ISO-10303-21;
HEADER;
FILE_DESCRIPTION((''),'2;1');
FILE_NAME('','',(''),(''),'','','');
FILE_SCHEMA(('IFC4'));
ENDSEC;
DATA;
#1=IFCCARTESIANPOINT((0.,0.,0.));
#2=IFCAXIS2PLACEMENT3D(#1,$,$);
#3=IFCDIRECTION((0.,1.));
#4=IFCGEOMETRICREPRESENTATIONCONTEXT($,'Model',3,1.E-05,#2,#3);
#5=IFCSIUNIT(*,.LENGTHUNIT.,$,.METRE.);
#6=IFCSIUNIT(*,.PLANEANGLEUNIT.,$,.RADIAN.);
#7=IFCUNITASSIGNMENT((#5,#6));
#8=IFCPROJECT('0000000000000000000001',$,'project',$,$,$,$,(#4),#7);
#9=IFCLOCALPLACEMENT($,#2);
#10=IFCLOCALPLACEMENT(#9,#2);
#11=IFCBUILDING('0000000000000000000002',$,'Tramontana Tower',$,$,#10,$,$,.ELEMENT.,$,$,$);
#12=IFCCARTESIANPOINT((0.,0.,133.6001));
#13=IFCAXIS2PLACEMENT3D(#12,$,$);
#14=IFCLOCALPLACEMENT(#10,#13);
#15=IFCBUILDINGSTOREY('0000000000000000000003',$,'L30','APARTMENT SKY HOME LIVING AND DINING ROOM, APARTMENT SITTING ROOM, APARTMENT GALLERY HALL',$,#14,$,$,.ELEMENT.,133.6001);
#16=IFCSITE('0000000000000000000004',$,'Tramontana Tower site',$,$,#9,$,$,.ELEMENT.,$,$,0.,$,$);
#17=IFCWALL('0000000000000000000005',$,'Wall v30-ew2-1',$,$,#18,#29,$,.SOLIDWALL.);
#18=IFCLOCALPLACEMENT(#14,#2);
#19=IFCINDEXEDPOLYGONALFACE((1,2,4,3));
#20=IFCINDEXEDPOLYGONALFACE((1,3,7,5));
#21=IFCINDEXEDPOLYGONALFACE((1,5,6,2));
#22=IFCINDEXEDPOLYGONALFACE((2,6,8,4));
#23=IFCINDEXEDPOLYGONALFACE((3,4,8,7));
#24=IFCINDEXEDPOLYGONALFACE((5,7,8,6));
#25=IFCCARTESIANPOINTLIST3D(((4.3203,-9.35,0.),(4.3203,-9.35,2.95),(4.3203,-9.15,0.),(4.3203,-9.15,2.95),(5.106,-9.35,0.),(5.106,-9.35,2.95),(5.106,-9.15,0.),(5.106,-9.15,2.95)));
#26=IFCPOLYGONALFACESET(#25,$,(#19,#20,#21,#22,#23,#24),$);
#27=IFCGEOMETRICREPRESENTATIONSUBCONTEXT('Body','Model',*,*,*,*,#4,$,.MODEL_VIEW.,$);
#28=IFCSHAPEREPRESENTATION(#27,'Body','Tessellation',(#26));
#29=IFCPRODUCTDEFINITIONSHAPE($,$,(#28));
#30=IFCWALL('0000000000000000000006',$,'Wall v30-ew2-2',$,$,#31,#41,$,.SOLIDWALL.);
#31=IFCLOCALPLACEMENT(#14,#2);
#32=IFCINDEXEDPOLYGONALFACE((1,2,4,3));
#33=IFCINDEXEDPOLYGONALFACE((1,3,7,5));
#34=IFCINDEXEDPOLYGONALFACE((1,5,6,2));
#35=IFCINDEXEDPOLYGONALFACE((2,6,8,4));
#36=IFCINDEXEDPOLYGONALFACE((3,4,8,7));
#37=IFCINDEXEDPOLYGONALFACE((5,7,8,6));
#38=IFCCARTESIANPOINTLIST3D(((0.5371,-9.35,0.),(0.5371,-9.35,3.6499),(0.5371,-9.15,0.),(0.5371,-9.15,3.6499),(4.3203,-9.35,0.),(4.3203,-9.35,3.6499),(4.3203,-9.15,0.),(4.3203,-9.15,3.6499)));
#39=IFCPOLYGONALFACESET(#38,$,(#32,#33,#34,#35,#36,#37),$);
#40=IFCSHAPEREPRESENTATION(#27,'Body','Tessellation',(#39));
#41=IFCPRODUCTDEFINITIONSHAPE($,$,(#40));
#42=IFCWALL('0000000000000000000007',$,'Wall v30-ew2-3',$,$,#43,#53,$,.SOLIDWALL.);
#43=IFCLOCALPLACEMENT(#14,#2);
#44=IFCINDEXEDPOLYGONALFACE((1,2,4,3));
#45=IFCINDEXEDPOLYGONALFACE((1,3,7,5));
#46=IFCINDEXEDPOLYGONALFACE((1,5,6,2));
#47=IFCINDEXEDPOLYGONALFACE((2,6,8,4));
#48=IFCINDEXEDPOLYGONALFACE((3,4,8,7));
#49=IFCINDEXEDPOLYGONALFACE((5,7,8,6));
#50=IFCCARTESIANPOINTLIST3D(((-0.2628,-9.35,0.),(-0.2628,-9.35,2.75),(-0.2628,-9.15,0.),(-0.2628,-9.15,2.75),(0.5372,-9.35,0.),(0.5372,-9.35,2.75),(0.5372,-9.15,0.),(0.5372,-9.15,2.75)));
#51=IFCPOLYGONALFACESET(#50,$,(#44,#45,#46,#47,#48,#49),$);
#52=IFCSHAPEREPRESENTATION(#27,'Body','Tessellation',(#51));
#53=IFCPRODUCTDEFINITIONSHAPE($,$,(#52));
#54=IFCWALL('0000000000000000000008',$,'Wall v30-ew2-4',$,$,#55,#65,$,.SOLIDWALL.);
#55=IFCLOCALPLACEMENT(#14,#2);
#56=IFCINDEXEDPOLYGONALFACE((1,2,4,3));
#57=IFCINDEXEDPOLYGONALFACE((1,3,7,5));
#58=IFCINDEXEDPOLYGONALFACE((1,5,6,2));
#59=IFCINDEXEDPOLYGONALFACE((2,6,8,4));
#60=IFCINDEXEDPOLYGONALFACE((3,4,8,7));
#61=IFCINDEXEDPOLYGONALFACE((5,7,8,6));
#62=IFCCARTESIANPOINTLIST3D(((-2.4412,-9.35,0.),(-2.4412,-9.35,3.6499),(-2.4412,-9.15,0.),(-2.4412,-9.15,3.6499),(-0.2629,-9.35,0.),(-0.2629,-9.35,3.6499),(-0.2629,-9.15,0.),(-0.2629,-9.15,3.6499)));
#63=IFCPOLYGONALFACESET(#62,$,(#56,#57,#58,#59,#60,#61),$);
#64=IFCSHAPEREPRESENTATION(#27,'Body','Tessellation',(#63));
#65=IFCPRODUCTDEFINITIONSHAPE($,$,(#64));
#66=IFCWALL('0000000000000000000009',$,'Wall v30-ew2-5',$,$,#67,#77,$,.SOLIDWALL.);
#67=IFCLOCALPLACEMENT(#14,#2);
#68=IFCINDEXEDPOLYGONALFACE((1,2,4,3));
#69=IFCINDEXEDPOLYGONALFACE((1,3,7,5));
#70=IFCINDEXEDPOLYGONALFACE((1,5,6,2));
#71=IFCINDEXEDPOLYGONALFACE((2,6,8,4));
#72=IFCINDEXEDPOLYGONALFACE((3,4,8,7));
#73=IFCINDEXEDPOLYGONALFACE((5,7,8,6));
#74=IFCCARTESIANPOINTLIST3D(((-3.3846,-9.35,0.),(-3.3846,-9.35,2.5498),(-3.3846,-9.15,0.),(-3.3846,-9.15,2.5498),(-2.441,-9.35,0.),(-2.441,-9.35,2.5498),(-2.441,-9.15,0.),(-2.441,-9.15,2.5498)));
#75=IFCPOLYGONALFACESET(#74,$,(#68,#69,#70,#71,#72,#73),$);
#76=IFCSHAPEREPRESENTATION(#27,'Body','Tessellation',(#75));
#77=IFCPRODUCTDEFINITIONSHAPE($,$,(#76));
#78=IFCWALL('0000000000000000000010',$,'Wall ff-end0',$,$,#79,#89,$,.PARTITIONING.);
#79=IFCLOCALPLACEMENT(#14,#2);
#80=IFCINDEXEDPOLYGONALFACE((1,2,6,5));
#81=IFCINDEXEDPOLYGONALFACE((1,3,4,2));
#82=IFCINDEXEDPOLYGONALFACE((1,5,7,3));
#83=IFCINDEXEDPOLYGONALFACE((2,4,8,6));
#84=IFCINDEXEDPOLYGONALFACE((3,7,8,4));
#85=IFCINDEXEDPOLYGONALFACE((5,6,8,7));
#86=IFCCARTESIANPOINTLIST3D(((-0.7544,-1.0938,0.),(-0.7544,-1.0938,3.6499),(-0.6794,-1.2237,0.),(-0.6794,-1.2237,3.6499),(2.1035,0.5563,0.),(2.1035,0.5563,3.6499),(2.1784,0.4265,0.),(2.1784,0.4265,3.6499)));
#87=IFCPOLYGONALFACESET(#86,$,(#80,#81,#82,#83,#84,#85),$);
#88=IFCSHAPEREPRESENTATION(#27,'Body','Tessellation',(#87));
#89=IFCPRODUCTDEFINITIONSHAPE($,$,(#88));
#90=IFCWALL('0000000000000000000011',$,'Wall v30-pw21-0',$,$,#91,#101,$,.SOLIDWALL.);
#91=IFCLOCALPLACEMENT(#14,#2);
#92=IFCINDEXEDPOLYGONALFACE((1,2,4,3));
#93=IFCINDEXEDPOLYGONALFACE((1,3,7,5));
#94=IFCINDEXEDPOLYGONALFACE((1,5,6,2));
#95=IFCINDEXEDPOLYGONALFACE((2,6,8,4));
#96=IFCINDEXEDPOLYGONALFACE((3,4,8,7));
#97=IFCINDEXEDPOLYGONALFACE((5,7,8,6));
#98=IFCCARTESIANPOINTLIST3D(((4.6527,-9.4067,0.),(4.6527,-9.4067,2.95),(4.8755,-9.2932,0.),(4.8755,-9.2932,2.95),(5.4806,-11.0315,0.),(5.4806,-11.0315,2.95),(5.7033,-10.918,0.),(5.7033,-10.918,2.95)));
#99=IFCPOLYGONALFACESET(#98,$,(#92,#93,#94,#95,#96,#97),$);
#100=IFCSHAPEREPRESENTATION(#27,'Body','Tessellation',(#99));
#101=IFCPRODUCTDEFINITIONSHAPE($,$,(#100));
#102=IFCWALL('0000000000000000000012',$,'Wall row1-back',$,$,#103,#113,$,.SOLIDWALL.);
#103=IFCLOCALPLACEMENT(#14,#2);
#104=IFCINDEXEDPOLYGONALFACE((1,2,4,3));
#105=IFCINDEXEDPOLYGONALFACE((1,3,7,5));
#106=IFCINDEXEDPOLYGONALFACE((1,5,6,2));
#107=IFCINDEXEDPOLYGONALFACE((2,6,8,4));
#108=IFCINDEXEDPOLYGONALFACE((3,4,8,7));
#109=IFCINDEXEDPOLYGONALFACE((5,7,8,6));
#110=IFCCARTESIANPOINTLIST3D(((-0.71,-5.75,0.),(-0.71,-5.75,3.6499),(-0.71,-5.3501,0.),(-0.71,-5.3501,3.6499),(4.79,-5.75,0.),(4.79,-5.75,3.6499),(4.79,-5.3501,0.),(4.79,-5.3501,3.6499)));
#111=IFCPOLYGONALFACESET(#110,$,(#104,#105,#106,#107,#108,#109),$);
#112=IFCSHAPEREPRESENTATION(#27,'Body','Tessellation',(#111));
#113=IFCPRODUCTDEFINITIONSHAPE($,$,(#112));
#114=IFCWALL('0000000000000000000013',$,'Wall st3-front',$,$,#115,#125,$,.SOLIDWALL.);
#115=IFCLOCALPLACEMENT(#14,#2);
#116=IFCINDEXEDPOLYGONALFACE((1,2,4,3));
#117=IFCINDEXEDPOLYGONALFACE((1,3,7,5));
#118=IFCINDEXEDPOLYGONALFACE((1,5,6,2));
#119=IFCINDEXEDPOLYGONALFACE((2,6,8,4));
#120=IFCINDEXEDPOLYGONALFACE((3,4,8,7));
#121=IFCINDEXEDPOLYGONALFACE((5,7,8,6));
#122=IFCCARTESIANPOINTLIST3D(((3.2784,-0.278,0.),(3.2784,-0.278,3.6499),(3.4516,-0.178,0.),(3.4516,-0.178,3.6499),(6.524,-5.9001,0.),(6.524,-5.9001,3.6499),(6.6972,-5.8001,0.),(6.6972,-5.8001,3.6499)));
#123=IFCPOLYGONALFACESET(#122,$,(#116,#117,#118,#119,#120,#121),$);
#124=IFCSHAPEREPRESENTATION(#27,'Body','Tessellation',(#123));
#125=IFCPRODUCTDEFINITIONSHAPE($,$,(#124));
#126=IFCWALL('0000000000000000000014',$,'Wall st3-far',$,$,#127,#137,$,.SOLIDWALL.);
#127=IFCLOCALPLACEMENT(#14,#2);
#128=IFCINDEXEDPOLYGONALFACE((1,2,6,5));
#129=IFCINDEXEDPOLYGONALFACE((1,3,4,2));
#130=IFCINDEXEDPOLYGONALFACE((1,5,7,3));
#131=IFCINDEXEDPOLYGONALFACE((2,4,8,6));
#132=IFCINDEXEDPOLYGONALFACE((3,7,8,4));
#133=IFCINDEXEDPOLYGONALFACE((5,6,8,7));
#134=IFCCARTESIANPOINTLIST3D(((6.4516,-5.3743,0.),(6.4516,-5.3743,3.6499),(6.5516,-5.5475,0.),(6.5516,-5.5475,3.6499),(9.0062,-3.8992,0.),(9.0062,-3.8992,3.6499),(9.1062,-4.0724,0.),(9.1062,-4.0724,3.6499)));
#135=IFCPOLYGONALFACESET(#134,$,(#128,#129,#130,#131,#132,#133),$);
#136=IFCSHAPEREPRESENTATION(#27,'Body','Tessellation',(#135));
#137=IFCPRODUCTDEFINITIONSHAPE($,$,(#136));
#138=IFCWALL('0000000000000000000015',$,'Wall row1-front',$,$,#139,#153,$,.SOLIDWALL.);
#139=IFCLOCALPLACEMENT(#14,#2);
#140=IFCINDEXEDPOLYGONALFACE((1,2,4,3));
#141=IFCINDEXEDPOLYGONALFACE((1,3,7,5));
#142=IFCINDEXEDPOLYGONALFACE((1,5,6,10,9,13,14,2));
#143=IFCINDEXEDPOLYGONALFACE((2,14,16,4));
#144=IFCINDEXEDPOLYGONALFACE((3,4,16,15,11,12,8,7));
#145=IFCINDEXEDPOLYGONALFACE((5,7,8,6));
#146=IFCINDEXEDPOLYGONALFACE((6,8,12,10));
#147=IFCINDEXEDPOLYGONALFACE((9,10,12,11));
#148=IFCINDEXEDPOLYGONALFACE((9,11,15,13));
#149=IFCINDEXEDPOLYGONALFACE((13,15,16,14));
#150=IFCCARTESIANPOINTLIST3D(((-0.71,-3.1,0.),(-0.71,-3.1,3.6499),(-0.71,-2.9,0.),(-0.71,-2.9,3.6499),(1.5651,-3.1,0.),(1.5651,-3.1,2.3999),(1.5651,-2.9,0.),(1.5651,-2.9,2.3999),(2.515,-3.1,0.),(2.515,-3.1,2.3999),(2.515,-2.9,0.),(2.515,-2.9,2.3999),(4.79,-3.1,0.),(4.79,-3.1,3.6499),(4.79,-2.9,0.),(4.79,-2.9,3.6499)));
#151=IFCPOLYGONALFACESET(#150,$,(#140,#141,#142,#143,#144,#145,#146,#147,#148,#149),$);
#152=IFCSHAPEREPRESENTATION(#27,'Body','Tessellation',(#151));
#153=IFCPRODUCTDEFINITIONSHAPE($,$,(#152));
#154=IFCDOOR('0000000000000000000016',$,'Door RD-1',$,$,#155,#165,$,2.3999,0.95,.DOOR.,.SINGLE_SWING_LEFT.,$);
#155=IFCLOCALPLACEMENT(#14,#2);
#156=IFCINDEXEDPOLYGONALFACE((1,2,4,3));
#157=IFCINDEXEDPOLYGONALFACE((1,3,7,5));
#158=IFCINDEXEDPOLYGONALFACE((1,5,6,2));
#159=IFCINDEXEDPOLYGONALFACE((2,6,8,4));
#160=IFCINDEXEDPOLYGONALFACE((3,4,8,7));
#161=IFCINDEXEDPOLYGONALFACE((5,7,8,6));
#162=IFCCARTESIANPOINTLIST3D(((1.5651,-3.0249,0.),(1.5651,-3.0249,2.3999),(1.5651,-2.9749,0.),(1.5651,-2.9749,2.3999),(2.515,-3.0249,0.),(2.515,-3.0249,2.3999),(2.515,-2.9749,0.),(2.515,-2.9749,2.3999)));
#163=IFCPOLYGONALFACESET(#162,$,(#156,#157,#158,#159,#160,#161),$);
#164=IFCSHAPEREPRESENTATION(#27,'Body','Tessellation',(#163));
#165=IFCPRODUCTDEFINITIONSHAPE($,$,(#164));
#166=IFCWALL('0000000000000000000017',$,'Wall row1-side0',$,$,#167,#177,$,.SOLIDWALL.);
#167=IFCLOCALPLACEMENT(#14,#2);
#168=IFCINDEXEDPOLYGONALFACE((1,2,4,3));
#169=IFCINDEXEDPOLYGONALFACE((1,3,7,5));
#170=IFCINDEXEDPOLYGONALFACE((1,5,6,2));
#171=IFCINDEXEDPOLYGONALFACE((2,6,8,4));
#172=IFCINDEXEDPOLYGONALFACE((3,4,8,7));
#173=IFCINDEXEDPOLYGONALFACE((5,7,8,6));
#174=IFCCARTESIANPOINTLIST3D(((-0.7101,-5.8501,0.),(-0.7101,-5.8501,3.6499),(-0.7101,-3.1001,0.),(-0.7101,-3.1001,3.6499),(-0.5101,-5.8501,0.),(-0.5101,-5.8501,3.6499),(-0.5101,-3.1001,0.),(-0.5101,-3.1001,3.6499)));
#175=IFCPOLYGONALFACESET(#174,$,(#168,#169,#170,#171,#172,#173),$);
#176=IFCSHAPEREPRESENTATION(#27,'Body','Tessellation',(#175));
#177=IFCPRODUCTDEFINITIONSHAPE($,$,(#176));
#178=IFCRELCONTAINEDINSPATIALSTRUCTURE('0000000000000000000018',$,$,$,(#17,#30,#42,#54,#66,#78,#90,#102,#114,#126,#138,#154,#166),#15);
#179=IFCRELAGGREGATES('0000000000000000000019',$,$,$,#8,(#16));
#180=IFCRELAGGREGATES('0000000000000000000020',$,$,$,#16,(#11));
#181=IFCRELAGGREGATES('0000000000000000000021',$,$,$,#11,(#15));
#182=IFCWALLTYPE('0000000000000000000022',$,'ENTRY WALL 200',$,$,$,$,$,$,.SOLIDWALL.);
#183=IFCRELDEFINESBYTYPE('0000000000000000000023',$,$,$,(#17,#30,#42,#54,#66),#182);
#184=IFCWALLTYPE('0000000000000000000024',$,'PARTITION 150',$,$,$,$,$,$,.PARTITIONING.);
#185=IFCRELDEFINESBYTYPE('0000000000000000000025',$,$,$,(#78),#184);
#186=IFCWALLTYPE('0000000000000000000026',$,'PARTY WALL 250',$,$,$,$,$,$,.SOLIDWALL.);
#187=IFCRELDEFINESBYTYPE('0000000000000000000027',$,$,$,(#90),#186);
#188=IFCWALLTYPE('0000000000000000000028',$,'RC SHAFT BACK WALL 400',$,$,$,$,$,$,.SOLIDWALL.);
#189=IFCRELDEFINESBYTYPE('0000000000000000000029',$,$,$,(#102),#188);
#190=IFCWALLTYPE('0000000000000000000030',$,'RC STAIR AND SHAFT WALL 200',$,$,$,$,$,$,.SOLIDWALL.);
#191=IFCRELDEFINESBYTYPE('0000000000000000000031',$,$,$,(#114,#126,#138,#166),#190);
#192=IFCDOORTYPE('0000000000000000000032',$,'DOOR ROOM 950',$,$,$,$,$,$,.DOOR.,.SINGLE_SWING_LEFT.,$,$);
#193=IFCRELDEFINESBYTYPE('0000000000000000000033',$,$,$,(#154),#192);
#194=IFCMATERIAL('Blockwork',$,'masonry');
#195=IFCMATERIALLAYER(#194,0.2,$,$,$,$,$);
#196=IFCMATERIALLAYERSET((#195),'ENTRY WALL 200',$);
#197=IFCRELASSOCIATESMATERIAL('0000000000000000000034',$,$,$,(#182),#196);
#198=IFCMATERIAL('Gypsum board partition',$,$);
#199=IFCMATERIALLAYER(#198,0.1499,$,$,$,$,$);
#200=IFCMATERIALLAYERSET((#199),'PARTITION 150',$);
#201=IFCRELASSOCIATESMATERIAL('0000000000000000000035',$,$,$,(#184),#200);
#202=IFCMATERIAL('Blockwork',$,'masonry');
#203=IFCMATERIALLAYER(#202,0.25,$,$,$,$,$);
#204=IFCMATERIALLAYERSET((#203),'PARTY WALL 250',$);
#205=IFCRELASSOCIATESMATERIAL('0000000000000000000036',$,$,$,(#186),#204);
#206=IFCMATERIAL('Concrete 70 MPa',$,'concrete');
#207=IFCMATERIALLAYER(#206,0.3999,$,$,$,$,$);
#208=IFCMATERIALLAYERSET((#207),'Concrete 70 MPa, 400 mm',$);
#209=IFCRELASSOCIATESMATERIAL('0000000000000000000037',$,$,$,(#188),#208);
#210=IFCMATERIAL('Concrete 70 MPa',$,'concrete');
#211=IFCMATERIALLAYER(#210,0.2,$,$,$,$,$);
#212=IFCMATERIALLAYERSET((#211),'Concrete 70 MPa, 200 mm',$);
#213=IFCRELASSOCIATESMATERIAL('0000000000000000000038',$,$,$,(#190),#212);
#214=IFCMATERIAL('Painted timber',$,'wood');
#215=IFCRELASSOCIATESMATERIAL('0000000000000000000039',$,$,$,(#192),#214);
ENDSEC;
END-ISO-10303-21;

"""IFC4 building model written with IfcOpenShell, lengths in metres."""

from ifc_helpers import new_model, si_unit, direction, frame, frame_2d, origin, place, context, subcontext, project, spatial, rectangle, extrude, material, layer, layer_set, type_object, element, fill, save


model = new_model("IFC4")

# Units and contexts
model_context = context("Model", 3, precision=1e-05, world=origin(), true_north=direction((0.0, 1.0)))
body_context = subcontext(model_context, "Body", "Model", "MODEL_VIEW")
ifc_project = project(units=[si_unit("LENGTHUNIT", "METRE"), si_unit("PLANEANGLEUNIT", "RADIAN")], contexts=[model_context])

# Site, building, storey
site_placement = place(None, origin())
site = spatial("IfcSite", under=ifc_project, at=site_placement, Name="Tramontana Tower site", CompositionType="ELEMENT", RefElevation=0.0)
building_placement = place(site_placement, origin())
building = spatial("IfcBuilding", under=site, at=building_placement, Name="Tramontana Tower", CompositionType="ELEMENT")
storey_placement = place(building_placement, frame((0.0, 0.0, 133.6001)))
storey = spatial("IfcBuildingStorey", under=building, at=storey_placement, Name="L30", Description="APARTMENT SKY HOME LIVING AND DINING ROOM, APARTMENT SITTING ROOM, APARTMENT GALLERY HALL", CompositionType="ELEMENT", Elevation=133.6001)

# Walls
ifc_material_1 = material(Name="Blockwork", Category="masonry")
ifc_layer_1 = layer(ifc_material_1, 0.2)
ifc_layer_set_1 = layer_set([ifc_layer_1], Name="ENTRY WALL 200")
wall_type_1 = type_object("IfcWallType", Name="ENTRY WALL 200", PredefinedType="SOLIDWALL", material=ifc_layer_set_1)
wall_1_placement = place(storey_placement, frame((5.106, -9.25, 0.0), z_axis=(0.0, 0.0, 1.0), x_axis=(-1.0, 0.0, 0.0)))
element("IfcWall", 1, at=wall_1_placement, inside=storey, type_object=wall_type_1, Name="Wall v30-ew2-1", PredefinedType="SOLIDWALL", context=body_context, shape_type="SweptSolid", body=[
    extrude(rectangle(XDim=0.7856, YDim=0.2, at=frame_2d((0.3928, 0.0))), origin(), (0.0, 0.0, 1.0), 2.95),
])
wall_2_placement = place(storey_placement, frame((4.3203, -9.25, 0.0), z_axis=(0.0, 0.0, 1.0), x_axis=(-1.0, 0.0, 0.0)))
element("IfcWall", 2, at=wall_2_placement, inside=storey, type_object=wall_type_1, Name="Wall v30-ew2-2", PredefinedType="SOLIDWALL", context=body_context, shape_type="SweptSolid", body=[
    extrude(rectangle(XDim=3.7832, YDim=0.2, at=frame_2d((1.8916, 0.0))), origin(), (0.0, 0.0, 1.0), 3.6499),
])
wall_3_placement = place(storey_placement, frame((0.5371, -9.25, 0.0), z_axis=(0.0, 0.0, 1.0), x_axis=(-1.0, 0.0, 0.0)))
element("IfcWall", 3, at=wall_3_placement, inside=storey, type_object=wall_type_1, Name="Wall v30-ew2-3", PredefinedType="SOLIDWALL", context=body_context, shape_type="SweptSolid", body=[
    extrude(rectangle(XDim=0.8, YDim=0.2, at=frame_2d((0.3999, 0.0))), origin(), (0.0, 0.0, 1.0), 2.75),
])
wall_4_placement = place(storey_placement, frame((-0.2629, -9.25, 0.0), z_axis=(0.0, 0.0, 1.0), x_axis=(-1.0, 0.0, 0.0)))
element("IfcWall", 4, at=wall_4_placement, inside=storey, type_object=wall_type_1, Name="Wall v30-ew2-4", PredefinedType="SOLIDWALL", context=body_context, shape_type="SweptSolid", body=[
    extrude(rectangle(XDim=2.1782, YDim=0.2, at=frame_2d((1.0891, 0.0))), origin(), (0.0, 0.0, 1.0), 3.6499),
])
wall_5_placement = place(storey_placement, frame((-2.4412, -9.25, 0.0), z_axis=(0.0, 0.0, 1.0), x_axis=(-1.0, 0.0, 0.0)))
element("IfcWall", 5, at=wall_5_placement, inside=storey, type_object=wall_type_1, Name="Wall v30-ew2-5", PredefinedType="SOLIDWALL", context=body_context, shape_type="SweptSolid", body=[
    extrude(rectangle(XDim=0.9436, YDim=0.2, at=frame_2d((0.4717, 0.0))), origin(), (0.0, 0.0, 1.0), 2.5498),
])

# Shared definitions
ifc_material_2 = material(Name="Gypsum board partition")
ifc_layer_2 = layer(ifc_material_2, 0.1499)
ifc_layer_set_2 = layer_set([ifc_layer_2], Name="PARTITION 150")
wall_type_2 = type_object("IfcWallType", Name="PARTITION 150", PredefinedType="PARTITIONING", material=ifc_layer_set_2)

# Walls
wall_6_placement = place(storey_placement, frame((-0.7168, -1.1587, 0.0), z_axis=(0.0, 0.0, 1.0), x_axis=(0.866008, 0.50003, 0.0)))
element("IfcWall", 6, at=wall_6_placement, inside=storey, type_object=wall_type_2, Name="Wall ff-end0", PredefinedType="PARTITIONING", context=body_context, shape_type="SweptSolid", body=[
    extrude(rectangle(XDim=3.3, YDim=0.1499, at=frame_2d((1.6499, 0.0))), origin(), (0.0, 0.0, 1.0), 3.6499),
])
ifc_material_3 = material(Name="Blockwork", Category="masonry")
ifc_layer_3 = layer(ifc_material_3, 0.25)
ifc_layer_set_3 = layer_set([ifc_layer_3], Name="PARTY WALL 250")
wall_type_3 = type_object("IfcWallType", Name="PARTY WALL 250", PredefinedType="SOLIDWALL", material=ifc_layer_set_3)
wall_7_placement = place(storey_placement, frame((4.7642, -9.3501, 0.0), z_axis=(0.0, 0.0, 1.0), x_axis=(0.454002, -0.891001, 0.0)))
element("IfcWall", 7, at=wall_7_placement, inside=storey, type_object=wall_type_3, Name="Wall v30-pw21-0", PredefinedType="SOLIDWALL", context=body_context, shape_type="SweptSolid", body=[
    extrude(rectangle(XDim=1.8235, YDim=0.25, at=frame_2d((0.9116, 0.0))), origin(), (0.0, 0.0, 1.0), 2.95),
])
ifc_material_4 = material(Name="Concrete 70 MPa", Category="concrete")
ifc_layer_4 = layer(ifc_material_4, 0.3999)
ifc_layer_set_4 = layer_set([ifc_layer_4], Name="Concrete 70 MPa, 400 mm")
wall_type_4 = type_object("IfcWallType", Name="RC SHAFT BACK WALL 400", PredefinedType="SOLIDWALL", material=ifc_layer_set_4)
wall_8_placement = place(storey_placement, frame((-0.71, -5.55, 0.0), z_axis=(0.0, 0.0, 1.0), x_axis=(1.0, 0.0, 0.0)))
element("IfcWall", 8, at=wall_8_placement, inside=storey, type_object=wall_type_4, Name="Wall row1-back", PredefinedType="SOLIDWALL", context=body_context, shape_type="SweptSolid", body=[
    extrude(rectangle(XDim=5.5, YDim=0.3999, at=frame_2d((2.75, 0.0))), origin(), (0.0, 0.0, 1.0), 3.6499),
])

# Shared definitions
ifc_material_5 = material(Name="Concrete 70 MPa", Category="concrete")
ifc_layer_5 = layer(ifc_material_5, 0.2)
ifc_layer_set_5 = layer_set([ifc_layer_5], Name="Concrete 70 MPa, 200 mm")
wall_type_5 = type_object("IfcWallType", Name="RC STAIR AND SHAFT WALL 200", PredefinedType="SOLIDWALL", material=ifc_layer_set_5)

# Walls
wall_9_placement = place(storey_placement, frame((6.6106, -5.8501, 0.0), z_axis=(0.0, 0.0, 1.0), x_axis=(-0.499966, 0.866045, 0.0)))
element("IfcWall", 9, at=wall_9_placement, inside=storey, type_object=wall_type_5, Name="Wall st3-front", PredefinedType="SOLIDWALL", context=body_context, shape_type="SweptSolid", body=[
    extrude(rectangle(XDim=6.4917, YDim=0.2, at=frame_2d((3.2458, 0.0))), origin(), (0.0, 0.0, 1.0), 3.6499),
])
wall_10_placement = place(storey_placement, frame((6.5015, -5.4609, 0.0), z_axis=(0.0, 0.0, 1.0), x_axis=(0.866004, 0.500038, 0.0)))
element("IfcWall", 10, at=wall_10_placement, inside=storey, type_object=wall_type_5, Name="Wall st3-far", PredefinedType="SOLIDWALL", context=body_context, shape_type="SweptSolid", body=[
    extrude(rectangle(XDim=2.95, YDim=0.2, at=frame_2d((1.4751, 0.0))), origin(), (0.0, 0.0, 1.0), 3.6499),
])

# Wall, opening, door
wall_11_placement = place(storey_placement, frame((4.79, -3.0, 0.0), z_axis=(0.0, 0.0, 1.0), x_axis=(-1.0, 0.0, 0.0)))
wall_11 = element("IfcWall", 11, at=wall_11_placement, inside=storey, type_object=wall_type_5, Name="Wall row1-front", PredefinedType="SOLIDWALL", context=body_context, shape_type="SweptSolid", body=[
    extrude(rectangle(XDim=5.5, YDim=0.2, at=frame_2d((2.75, 0.0))), origin(), (0.0, 0.0, 1.0), 3.6499),
])
opening_1_placement = place(wall_11_placement, frame((2.2749, 0.0, 0.0)))
opening_1 = element("IfcOpeningElement", 12, at=opening_1_placement, cuts=wall_11, PredefinedType="OPENING", context=body_context, shape_type="SweptSolid", body=[
    extrude(rectangle(XDim=0.95, YDim=2.3999, at=frame_2d((0.4751, 1.2))), frame((0.0, 0.1099, 0.0), z_axis=(0.0, -1.0, 0.0), x_axis=(1.0, 0.0, 0.0)), (0.0, 0.0, 1.0), 0.22),
])
ifc_material_6 = material(Name="Painted timber", Category="wood")
door_type_1 = type_object("IfcDoorType", Name="DOOR ROOM 950", OperationType="SINGLE_SWING_LEFT", PredefinedType="DOOR", material=ifc_material_6)
door_1_placement = place(opening_1_placement, origin())
door_1 = element("IfcDoor", 13, at=door_1_placement, inside=storey, type_object=door_type_1, Name="Door RD-1", OperationType="SINGLE_SWING_LEFT", OverallHeight=2.3999, OverallWidth=0.95, PredefinedType="DOOR", context=body_context, shape_type="SweptSolid", body=[
    extrude(rectangle(XDim=0.95, YDim=2.3999, at=frame_2d((0.4751, 1.2))), frame((0.0, 0.0249, 0.0), z_axis=(0.0, -1.0, 0.0), x_axis=(1.0, 0.0, 0.0)), (0.0, 0.0, 1.0), 0.05),
])
fill(opening_1, door_1)

# Wall
for number, where, z_axis, x_axis, name in (
    (14, (-0.6101, -3.1001, 0.0), (0.0, 0.0, 1.0), (0.0, -1.0, 0.0), "Wall row1-side0"),
):
    element("IfcWall", number, at=place(storey_placement, frame(where, z_axis=z_axis, x_axis=x_axis)), inside=storey, type_object=wall_type_5, Name=name, PredefinedType="SOLIDWALL", context=body_context, shape_type="SweptSolid", body=[
        extrude(rectangle(XDim=2.75, YDim=0.2, at=frame_2d((1.375, 0.0))), origin(), (0.0, 0.0, 1.0), 3.6499),
    ])

save(model, "model.ifc")
